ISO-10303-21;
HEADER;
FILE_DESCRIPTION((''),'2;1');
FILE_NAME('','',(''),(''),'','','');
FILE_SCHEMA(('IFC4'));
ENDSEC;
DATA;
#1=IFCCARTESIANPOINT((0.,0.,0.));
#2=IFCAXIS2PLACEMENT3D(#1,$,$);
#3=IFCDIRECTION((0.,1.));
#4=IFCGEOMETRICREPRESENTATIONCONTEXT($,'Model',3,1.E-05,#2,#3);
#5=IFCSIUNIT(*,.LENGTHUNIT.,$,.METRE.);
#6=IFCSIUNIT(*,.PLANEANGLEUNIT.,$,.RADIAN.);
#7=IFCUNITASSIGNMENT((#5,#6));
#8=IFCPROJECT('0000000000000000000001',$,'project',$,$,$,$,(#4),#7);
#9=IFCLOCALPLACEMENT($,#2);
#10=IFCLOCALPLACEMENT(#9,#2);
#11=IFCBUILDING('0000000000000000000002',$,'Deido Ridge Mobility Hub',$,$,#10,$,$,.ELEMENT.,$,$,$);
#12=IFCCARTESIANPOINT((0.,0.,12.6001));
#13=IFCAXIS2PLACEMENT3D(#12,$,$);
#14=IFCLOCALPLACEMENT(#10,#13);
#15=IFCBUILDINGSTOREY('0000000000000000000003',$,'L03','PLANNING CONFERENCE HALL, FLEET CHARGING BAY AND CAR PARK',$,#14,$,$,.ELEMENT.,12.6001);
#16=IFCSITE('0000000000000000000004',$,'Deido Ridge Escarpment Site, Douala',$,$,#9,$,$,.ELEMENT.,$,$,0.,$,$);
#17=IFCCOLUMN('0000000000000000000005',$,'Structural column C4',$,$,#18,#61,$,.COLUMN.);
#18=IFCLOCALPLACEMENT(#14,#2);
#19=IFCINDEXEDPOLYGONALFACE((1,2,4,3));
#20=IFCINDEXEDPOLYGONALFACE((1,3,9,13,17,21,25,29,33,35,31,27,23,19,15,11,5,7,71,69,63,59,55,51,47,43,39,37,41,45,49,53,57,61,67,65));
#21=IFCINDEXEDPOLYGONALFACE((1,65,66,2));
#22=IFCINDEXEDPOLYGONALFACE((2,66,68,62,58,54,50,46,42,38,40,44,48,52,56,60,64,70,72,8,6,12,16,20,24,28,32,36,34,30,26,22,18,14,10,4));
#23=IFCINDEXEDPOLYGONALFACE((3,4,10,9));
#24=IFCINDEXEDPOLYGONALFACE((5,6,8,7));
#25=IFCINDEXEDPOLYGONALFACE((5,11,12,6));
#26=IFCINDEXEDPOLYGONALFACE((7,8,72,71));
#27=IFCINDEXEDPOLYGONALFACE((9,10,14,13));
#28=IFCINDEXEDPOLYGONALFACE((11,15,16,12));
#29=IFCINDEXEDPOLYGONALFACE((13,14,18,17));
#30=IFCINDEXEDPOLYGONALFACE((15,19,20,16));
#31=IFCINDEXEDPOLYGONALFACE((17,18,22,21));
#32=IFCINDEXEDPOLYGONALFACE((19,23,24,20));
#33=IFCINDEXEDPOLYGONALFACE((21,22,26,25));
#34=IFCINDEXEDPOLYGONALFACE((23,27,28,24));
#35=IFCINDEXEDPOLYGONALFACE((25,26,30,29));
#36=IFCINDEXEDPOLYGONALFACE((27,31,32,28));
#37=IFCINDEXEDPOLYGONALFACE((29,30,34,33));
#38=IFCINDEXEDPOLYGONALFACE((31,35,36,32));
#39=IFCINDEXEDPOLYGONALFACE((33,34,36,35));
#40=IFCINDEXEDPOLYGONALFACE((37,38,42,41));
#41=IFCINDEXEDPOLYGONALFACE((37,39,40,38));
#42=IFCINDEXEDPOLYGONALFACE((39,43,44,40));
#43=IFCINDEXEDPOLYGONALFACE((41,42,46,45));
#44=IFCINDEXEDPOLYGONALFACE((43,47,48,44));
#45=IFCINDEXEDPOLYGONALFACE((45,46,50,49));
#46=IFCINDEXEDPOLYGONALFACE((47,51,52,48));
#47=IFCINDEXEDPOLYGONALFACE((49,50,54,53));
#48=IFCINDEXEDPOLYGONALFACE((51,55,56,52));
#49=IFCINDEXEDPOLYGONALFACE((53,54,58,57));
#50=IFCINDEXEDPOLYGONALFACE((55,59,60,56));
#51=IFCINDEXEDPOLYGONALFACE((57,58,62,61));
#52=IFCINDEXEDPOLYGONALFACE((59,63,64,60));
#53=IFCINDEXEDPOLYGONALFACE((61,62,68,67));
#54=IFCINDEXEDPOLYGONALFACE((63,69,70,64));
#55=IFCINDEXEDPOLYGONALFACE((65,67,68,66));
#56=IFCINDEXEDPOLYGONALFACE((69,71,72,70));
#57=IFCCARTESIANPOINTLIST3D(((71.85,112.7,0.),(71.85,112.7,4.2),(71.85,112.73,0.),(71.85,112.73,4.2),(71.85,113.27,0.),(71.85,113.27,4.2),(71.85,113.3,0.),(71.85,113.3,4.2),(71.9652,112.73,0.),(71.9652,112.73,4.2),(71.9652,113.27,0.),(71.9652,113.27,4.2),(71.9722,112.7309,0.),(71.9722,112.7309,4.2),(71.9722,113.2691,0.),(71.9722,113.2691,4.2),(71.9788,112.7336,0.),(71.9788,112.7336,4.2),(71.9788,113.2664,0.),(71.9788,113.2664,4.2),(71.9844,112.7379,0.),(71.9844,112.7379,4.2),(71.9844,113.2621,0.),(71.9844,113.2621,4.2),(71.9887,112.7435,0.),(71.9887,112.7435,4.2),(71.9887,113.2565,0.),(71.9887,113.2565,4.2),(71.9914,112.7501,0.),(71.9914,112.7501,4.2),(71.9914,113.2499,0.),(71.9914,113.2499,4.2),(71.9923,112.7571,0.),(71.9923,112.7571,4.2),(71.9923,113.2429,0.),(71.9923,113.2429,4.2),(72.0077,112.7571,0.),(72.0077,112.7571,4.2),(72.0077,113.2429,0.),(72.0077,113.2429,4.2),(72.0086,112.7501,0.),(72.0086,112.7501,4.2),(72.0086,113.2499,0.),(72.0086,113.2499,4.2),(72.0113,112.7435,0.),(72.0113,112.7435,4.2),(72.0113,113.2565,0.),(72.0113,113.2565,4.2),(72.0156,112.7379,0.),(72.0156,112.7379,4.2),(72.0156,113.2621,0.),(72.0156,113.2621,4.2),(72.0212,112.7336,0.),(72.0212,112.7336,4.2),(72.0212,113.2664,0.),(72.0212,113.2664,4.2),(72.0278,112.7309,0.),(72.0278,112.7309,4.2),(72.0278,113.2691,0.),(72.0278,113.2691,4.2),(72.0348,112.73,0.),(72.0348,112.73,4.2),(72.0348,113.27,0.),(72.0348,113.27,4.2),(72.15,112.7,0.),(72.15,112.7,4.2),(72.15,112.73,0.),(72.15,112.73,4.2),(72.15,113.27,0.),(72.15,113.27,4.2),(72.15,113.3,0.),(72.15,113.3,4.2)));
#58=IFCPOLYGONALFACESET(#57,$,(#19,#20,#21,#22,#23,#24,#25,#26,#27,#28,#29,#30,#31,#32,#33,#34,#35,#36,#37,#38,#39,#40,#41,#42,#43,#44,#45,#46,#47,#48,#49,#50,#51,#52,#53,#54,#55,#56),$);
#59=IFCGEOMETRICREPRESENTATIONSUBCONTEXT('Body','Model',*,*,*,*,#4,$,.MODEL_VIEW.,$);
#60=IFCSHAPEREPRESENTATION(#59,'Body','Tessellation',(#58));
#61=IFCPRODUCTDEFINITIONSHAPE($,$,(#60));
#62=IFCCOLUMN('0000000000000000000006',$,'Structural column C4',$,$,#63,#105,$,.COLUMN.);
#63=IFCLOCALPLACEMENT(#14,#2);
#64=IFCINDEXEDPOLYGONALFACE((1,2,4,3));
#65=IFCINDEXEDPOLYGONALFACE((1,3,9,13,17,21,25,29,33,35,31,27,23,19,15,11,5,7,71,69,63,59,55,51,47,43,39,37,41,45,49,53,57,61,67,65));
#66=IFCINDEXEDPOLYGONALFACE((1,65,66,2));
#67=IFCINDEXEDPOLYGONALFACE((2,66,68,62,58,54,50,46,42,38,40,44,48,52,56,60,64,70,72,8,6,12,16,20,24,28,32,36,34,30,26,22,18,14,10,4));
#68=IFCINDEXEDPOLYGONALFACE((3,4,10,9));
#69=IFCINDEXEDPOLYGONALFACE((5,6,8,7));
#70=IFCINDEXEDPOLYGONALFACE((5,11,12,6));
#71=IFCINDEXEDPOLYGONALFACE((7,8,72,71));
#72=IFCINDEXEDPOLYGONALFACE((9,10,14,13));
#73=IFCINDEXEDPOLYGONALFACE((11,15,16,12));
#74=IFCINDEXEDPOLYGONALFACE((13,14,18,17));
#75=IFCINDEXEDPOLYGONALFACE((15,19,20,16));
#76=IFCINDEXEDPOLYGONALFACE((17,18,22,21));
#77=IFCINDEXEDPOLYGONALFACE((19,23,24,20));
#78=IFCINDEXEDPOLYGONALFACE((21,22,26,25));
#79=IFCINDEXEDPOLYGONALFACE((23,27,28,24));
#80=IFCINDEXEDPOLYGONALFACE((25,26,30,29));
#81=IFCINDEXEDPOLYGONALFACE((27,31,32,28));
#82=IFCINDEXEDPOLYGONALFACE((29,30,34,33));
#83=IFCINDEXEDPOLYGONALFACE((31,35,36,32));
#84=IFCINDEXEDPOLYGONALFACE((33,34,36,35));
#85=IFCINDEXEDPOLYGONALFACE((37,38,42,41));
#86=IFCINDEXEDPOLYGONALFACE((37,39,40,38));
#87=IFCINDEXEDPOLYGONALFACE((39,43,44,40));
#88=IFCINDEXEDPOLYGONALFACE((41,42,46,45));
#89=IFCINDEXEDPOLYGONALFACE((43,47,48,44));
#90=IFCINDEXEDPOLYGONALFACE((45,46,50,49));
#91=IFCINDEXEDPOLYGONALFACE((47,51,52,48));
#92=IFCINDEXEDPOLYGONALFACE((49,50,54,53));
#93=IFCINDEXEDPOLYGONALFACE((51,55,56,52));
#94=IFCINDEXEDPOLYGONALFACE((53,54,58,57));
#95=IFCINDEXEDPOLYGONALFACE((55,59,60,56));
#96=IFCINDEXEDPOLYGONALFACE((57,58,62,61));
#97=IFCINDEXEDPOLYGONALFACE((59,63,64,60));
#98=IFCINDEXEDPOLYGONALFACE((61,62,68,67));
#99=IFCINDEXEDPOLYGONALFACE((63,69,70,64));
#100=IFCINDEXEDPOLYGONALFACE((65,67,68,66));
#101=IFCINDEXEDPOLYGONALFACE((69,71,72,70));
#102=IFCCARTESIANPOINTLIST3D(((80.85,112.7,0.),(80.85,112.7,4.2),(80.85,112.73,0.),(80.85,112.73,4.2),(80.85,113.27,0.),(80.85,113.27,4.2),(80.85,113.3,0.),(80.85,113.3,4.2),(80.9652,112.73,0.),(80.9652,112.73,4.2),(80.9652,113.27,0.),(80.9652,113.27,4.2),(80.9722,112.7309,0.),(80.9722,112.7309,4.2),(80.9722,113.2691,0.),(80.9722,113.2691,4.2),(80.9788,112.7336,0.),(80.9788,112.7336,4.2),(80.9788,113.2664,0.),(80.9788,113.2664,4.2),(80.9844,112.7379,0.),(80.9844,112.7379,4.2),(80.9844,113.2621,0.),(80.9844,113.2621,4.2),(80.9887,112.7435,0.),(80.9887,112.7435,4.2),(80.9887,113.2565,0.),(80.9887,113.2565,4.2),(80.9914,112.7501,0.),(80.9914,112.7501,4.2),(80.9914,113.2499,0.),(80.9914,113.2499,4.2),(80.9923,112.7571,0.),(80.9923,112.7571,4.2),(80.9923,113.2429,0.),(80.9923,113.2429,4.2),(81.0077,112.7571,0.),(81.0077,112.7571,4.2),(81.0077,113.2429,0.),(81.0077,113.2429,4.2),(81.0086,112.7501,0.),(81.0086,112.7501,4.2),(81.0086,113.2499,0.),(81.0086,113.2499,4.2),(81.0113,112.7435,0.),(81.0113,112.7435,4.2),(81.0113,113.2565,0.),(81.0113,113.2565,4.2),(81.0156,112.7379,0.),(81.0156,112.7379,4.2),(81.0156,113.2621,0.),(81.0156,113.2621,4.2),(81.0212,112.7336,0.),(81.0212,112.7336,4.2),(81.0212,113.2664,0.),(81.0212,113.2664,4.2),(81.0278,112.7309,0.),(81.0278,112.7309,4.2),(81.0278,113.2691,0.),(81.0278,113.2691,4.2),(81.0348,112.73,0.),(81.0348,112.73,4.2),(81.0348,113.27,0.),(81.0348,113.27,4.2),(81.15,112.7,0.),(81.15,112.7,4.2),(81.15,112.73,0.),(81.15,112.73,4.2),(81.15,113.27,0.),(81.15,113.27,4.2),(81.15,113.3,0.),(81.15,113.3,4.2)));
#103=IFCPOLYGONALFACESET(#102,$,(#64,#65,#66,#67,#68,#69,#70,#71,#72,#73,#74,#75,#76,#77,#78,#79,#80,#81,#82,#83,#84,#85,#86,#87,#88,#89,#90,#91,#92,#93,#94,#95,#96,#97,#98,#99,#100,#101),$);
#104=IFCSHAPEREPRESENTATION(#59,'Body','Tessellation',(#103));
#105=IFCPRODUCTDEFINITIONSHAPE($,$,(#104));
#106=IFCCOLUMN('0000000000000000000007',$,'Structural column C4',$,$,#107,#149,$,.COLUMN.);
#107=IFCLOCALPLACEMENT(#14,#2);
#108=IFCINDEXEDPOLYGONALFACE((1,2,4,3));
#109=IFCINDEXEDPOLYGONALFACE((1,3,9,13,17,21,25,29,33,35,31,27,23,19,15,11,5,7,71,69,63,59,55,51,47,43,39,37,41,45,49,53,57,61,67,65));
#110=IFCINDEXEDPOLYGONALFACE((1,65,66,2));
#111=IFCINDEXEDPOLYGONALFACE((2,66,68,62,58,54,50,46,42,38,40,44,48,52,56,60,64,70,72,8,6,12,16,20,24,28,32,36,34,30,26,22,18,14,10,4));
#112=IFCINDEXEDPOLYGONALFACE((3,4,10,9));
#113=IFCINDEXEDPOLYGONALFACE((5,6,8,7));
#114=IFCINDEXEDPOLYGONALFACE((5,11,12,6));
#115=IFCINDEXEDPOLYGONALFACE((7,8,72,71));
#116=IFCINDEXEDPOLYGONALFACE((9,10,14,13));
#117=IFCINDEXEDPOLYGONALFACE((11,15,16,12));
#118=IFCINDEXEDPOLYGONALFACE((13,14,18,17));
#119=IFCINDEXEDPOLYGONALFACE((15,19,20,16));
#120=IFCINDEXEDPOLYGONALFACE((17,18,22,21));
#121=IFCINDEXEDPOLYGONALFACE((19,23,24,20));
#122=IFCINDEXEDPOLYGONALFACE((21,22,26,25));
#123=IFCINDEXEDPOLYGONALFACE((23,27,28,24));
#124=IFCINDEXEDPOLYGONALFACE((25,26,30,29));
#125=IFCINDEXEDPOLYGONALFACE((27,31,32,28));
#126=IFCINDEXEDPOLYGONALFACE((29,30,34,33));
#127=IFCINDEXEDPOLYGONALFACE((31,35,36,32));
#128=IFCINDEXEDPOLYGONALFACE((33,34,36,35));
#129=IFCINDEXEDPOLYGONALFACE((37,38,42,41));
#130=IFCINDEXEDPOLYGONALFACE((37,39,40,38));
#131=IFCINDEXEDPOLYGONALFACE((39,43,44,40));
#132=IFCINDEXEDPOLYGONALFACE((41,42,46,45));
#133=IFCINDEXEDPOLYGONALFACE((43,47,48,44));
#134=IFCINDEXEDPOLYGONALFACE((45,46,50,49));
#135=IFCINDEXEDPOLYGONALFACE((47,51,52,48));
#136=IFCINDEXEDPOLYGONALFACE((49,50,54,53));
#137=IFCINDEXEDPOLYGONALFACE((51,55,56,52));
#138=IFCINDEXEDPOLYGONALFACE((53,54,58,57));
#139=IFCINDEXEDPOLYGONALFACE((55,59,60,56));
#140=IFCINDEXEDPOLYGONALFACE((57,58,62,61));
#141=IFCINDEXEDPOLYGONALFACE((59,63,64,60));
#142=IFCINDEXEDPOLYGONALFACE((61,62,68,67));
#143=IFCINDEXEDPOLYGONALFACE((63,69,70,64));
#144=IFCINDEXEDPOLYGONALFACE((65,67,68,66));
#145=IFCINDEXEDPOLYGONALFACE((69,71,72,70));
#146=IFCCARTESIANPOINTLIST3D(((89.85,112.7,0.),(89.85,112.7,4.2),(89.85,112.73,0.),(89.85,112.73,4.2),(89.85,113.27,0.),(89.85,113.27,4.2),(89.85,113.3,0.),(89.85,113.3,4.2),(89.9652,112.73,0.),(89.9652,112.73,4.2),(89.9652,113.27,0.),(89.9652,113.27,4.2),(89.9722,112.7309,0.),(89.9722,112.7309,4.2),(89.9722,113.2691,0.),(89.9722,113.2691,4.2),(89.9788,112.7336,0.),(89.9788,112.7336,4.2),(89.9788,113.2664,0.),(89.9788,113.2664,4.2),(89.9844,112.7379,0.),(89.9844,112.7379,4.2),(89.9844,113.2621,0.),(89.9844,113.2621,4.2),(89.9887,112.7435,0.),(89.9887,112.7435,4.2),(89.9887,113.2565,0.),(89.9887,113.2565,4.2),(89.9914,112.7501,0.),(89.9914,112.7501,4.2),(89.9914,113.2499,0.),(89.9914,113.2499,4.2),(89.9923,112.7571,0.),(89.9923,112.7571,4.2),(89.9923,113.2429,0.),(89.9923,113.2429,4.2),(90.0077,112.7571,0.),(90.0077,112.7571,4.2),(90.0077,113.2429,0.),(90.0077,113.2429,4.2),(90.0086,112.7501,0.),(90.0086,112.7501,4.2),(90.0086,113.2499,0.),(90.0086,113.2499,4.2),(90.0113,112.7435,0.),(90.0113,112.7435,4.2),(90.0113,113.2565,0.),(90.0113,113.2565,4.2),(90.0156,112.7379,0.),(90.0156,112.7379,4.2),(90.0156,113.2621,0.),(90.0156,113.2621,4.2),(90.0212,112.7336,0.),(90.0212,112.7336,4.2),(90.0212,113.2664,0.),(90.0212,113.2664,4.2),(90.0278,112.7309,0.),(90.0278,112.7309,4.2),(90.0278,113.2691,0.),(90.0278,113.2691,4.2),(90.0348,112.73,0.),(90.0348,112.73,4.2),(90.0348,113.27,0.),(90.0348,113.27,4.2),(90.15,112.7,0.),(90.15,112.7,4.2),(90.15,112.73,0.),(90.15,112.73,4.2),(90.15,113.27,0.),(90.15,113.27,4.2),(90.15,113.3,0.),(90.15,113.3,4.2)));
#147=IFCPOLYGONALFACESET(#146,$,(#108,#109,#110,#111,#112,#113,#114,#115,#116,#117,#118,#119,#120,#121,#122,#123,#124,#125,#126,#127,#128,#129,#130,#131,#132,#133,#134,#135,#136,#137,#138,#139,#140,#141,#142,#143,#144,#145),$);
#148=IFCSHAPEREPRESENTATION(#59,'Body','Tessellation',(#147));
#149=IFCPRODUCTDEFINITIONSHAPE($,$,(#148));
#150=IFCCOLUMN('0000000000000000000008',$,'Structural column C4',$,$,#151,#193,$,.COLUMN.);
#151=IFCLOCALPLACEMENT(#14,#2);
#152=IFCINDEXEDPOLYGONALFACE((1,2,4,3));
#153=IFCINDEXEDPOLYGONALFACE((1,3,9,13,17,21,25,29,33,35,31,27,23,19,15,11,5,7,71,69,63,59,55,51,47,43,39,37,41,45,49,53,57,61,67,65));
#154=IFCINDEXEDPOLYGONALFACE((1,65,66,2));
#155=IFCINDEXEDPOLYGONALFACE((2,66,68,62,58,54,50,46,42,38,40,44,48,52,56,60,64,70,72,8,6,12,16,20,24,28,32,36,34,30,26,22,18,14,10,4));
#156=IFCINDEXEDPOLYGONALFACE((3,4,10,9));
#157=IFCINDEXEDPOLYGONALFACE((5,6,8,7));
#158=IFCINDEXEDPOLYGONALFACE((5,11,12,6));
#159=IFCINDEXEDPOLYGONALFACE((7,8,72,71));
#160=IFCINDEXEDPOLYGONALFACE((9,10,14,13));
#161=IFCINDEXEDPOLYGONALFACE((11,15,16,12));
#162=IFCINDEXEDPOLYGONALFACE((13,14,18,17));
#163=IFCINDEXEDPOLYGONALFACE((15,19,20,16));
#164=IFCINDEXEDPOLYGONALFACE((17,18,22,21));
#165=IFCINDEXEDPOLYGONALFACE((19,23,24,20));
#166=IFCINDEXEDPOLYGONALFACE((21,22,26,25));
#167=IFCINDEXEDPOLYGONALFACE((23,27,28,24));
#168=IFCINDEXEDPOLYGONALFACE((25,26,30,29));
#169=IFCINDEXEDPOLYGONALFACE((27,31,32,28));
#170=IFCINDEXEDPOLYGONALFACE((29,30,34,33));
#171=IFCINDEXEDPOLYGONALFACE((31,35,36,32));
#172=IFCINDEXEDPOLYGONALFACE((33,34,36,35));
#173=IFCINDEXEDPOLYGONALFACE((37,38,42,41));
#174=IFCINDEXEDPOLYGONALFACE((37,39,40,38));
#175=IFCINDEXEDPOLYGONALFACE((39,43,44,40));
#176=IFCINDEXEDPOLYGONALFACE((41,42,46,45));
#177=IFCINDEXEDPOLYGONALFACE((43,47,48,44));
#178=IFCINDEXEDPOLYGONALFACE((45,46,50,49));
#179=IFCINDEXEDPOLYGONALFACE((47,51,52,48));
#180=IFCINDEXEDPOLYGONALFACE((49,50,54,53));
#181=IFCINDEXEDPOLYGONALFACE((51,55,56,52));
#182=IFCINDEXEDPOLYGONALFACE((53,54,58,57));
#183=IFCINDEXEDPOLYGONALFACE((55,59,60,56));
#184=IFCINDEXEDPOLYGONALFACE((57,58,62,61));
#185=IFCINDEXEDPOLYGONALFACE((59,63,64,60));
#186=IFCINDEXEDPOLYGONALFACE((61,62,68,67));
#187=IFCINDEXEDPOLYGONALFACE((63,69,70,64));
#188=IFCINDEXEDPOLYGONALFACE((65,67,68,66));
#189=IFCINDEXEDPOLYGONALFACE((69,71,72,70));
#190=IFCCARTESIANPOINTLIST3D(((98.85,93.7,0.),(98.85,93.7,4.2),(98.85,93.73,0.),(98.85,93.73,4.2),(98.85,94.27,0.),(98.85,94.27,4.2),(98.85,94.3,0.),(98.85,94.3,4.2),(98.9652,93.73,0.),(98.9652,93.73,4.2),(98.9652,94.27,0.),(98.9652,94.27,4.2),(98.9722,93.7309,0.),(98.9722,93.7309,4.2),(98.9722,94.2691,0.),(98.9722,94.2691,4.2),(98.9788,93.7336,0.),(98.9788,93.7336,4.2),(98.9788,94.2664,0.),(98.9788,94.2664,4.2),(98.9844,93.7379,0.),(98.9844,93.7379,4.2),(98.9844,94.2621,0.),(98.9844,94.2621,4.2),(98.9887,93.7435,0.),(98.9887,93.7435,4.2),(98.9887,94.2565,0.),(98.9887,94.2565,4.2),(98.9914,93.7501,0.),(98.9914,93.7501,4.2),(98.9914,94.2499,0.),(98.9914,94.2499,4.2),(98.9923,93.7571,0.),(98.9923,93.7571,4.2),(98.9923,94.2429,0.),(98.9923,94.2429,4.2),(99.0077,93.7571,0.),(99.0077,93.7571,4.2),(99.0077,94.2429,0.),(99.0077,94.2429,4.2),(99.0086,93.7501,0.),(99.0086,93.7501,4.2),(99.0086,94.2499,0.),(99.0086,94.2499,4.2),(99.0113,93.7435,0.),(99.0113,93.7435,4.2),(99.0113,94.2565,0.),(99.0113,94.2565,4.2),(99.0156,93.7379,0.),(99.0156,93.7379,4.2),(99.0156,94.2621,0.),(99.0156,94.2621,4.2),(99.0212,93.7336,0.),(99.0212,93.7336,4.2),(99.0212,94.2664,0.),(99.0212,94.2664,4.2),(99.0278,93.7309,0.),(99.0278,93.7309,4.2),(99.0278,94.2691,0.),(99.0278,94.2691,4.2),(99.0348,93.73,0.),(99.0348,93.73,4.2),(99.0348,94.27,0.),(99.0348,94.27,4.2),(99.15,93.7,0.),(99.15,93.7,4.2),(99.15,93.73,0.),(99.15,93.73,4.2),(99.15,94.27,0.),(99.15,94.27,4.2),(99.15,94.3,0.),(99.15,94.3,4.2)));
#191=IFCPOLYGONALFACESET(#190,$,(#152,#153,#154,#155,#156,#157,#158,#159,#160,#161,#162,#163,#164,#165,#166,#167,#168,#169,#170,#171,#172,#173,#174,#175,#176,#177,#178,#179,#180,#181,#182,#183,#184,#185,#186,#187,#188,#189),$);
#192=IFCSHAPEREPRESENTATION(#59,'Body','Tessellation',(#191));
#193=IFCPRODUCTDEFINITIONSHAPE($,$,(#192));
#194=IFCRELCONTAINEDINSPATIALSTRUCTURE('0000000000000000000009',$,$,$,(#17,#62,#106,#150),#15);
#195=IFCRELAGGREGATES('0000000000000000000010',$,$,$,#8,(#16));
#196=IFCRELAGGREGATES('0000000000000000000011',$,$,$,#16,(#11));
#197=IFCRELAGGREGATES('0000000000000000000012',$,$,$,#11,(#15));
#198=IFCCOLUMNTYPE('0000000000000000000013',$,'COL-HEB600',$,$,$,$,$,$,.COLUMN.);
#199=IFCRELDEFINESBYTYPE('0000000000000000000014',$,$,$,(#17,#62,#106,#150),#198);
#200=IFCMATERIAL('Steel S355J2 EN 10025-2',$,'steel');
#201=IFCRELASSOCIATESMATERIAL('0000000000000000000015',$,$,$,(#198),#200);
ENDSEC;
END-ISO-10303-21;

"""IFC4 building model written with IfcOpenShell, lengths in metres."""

from ifc_helpers import new_model, si_unit, direction, frame, origin, origin_2d, place, context, subcontext, project, spatial, i_section, extrude, material, material_profile, profile_set, type_object, element, save


model = new_model("IFC4")

# Units and contexts
model_context = context("Model", 3, precision=1e-05, world=origin(), true_north=direction((0.0, 1.0)))
body_context = subcontext(model_context, "Body", "Model", "MODEL_VIEW")
ifc_project = project(units=[si_unit("LENGTHUNIT", "METRE"), si_unit("PLANEANGLEUNIT", "RADIAN")], contexts=[model_context])

# Site, building, storey
site_placement = place(None, origin())
site = spatial("IfcSite", under=ifc_project, at=site_placement, Name="Deido Ridge Escarpment Site, Douala", CompositionType="ELEMENT", RefElevation=0.0)
building_placement = place(site_placement, origin())
building = spatial("IfcBuilding", under=site, at=building_placement, Name="Deido Ridge Mobility Hub", CompositionType="ELEMENT")
storey_placement = place(building_placement, frame((0.0, 0.0, 12.6001)))
storey = spatial("IfcBuildingStorey", under=building, at=storey_placement, Name="L03", Description="PLANNING CONFERENCE HALL, FLEET CHARGING BAY AND CAR PARK", CompositionType="ELEMENT", Elevation=12.6001)

# Columns
ifc_material_1 = material(Name="Steel S355J2 EN 10025-2", Category="steel")
ifc_material_profile_1 = material_profile(ifc_material_1, i_section(OverallWidth=0.3, OverallDepth=0.6001, WebThickness=0.0154, FlangeThickness=0.03, FilletRadius=0.0271, at=origin_2d()), Name="HEB 600")
ifc_profile_set_1 = profile_set([ifc_material_profile_1], Name="Steel S355J2 EN 10025-2")
column_type = type_object("IfcColumnType", Name="COL-HEB600", PredefinedType="COLUMN", material=ifc_profile_set_1)
for number, where, z_axis, x_axis, name in (
    (1, (72.0, 113.0, 0.0), (0.0, 0.0, 1.0), (1.0, 0.0, 0.0), "Structural column C4"),
    (2, (81.0, 113.0, 0.0), (0.0, 0.0, 1.0), (1.0, 0.0, 0.0), "Structural column C4"),
    (3, (90.0, 113.0, 0.0), (0.0, 0.0, 1.0), (1.0, 0.0, 0.0), "Structural column C4"),
    (4, (99.0, 94.0, 0.0), (0.0, 0.0, 1.0), (1.0, 0.0, 0.0), "Structural column C4"),
):
    element("IfcColumn", number, at=place(storey_placement, frame(where, z_axis=z_axis, x_axis=x_axis)), inside=storey, type_object=column_type, Name=name, PredefinedType="COLUMN", context=body_context, shape_type="SweptSolid", body=[
        extrude(i_section(OverallWidth=0.3, OverallDepth=0.6001, WebThickness=0.0154, FlangeThickness=0.03, FilletRadius=0.0271, at=origin_2d()), origin(), (0.0, 0.0, 1.0), 4.2),
    ])

save(model, "model.ifc")
